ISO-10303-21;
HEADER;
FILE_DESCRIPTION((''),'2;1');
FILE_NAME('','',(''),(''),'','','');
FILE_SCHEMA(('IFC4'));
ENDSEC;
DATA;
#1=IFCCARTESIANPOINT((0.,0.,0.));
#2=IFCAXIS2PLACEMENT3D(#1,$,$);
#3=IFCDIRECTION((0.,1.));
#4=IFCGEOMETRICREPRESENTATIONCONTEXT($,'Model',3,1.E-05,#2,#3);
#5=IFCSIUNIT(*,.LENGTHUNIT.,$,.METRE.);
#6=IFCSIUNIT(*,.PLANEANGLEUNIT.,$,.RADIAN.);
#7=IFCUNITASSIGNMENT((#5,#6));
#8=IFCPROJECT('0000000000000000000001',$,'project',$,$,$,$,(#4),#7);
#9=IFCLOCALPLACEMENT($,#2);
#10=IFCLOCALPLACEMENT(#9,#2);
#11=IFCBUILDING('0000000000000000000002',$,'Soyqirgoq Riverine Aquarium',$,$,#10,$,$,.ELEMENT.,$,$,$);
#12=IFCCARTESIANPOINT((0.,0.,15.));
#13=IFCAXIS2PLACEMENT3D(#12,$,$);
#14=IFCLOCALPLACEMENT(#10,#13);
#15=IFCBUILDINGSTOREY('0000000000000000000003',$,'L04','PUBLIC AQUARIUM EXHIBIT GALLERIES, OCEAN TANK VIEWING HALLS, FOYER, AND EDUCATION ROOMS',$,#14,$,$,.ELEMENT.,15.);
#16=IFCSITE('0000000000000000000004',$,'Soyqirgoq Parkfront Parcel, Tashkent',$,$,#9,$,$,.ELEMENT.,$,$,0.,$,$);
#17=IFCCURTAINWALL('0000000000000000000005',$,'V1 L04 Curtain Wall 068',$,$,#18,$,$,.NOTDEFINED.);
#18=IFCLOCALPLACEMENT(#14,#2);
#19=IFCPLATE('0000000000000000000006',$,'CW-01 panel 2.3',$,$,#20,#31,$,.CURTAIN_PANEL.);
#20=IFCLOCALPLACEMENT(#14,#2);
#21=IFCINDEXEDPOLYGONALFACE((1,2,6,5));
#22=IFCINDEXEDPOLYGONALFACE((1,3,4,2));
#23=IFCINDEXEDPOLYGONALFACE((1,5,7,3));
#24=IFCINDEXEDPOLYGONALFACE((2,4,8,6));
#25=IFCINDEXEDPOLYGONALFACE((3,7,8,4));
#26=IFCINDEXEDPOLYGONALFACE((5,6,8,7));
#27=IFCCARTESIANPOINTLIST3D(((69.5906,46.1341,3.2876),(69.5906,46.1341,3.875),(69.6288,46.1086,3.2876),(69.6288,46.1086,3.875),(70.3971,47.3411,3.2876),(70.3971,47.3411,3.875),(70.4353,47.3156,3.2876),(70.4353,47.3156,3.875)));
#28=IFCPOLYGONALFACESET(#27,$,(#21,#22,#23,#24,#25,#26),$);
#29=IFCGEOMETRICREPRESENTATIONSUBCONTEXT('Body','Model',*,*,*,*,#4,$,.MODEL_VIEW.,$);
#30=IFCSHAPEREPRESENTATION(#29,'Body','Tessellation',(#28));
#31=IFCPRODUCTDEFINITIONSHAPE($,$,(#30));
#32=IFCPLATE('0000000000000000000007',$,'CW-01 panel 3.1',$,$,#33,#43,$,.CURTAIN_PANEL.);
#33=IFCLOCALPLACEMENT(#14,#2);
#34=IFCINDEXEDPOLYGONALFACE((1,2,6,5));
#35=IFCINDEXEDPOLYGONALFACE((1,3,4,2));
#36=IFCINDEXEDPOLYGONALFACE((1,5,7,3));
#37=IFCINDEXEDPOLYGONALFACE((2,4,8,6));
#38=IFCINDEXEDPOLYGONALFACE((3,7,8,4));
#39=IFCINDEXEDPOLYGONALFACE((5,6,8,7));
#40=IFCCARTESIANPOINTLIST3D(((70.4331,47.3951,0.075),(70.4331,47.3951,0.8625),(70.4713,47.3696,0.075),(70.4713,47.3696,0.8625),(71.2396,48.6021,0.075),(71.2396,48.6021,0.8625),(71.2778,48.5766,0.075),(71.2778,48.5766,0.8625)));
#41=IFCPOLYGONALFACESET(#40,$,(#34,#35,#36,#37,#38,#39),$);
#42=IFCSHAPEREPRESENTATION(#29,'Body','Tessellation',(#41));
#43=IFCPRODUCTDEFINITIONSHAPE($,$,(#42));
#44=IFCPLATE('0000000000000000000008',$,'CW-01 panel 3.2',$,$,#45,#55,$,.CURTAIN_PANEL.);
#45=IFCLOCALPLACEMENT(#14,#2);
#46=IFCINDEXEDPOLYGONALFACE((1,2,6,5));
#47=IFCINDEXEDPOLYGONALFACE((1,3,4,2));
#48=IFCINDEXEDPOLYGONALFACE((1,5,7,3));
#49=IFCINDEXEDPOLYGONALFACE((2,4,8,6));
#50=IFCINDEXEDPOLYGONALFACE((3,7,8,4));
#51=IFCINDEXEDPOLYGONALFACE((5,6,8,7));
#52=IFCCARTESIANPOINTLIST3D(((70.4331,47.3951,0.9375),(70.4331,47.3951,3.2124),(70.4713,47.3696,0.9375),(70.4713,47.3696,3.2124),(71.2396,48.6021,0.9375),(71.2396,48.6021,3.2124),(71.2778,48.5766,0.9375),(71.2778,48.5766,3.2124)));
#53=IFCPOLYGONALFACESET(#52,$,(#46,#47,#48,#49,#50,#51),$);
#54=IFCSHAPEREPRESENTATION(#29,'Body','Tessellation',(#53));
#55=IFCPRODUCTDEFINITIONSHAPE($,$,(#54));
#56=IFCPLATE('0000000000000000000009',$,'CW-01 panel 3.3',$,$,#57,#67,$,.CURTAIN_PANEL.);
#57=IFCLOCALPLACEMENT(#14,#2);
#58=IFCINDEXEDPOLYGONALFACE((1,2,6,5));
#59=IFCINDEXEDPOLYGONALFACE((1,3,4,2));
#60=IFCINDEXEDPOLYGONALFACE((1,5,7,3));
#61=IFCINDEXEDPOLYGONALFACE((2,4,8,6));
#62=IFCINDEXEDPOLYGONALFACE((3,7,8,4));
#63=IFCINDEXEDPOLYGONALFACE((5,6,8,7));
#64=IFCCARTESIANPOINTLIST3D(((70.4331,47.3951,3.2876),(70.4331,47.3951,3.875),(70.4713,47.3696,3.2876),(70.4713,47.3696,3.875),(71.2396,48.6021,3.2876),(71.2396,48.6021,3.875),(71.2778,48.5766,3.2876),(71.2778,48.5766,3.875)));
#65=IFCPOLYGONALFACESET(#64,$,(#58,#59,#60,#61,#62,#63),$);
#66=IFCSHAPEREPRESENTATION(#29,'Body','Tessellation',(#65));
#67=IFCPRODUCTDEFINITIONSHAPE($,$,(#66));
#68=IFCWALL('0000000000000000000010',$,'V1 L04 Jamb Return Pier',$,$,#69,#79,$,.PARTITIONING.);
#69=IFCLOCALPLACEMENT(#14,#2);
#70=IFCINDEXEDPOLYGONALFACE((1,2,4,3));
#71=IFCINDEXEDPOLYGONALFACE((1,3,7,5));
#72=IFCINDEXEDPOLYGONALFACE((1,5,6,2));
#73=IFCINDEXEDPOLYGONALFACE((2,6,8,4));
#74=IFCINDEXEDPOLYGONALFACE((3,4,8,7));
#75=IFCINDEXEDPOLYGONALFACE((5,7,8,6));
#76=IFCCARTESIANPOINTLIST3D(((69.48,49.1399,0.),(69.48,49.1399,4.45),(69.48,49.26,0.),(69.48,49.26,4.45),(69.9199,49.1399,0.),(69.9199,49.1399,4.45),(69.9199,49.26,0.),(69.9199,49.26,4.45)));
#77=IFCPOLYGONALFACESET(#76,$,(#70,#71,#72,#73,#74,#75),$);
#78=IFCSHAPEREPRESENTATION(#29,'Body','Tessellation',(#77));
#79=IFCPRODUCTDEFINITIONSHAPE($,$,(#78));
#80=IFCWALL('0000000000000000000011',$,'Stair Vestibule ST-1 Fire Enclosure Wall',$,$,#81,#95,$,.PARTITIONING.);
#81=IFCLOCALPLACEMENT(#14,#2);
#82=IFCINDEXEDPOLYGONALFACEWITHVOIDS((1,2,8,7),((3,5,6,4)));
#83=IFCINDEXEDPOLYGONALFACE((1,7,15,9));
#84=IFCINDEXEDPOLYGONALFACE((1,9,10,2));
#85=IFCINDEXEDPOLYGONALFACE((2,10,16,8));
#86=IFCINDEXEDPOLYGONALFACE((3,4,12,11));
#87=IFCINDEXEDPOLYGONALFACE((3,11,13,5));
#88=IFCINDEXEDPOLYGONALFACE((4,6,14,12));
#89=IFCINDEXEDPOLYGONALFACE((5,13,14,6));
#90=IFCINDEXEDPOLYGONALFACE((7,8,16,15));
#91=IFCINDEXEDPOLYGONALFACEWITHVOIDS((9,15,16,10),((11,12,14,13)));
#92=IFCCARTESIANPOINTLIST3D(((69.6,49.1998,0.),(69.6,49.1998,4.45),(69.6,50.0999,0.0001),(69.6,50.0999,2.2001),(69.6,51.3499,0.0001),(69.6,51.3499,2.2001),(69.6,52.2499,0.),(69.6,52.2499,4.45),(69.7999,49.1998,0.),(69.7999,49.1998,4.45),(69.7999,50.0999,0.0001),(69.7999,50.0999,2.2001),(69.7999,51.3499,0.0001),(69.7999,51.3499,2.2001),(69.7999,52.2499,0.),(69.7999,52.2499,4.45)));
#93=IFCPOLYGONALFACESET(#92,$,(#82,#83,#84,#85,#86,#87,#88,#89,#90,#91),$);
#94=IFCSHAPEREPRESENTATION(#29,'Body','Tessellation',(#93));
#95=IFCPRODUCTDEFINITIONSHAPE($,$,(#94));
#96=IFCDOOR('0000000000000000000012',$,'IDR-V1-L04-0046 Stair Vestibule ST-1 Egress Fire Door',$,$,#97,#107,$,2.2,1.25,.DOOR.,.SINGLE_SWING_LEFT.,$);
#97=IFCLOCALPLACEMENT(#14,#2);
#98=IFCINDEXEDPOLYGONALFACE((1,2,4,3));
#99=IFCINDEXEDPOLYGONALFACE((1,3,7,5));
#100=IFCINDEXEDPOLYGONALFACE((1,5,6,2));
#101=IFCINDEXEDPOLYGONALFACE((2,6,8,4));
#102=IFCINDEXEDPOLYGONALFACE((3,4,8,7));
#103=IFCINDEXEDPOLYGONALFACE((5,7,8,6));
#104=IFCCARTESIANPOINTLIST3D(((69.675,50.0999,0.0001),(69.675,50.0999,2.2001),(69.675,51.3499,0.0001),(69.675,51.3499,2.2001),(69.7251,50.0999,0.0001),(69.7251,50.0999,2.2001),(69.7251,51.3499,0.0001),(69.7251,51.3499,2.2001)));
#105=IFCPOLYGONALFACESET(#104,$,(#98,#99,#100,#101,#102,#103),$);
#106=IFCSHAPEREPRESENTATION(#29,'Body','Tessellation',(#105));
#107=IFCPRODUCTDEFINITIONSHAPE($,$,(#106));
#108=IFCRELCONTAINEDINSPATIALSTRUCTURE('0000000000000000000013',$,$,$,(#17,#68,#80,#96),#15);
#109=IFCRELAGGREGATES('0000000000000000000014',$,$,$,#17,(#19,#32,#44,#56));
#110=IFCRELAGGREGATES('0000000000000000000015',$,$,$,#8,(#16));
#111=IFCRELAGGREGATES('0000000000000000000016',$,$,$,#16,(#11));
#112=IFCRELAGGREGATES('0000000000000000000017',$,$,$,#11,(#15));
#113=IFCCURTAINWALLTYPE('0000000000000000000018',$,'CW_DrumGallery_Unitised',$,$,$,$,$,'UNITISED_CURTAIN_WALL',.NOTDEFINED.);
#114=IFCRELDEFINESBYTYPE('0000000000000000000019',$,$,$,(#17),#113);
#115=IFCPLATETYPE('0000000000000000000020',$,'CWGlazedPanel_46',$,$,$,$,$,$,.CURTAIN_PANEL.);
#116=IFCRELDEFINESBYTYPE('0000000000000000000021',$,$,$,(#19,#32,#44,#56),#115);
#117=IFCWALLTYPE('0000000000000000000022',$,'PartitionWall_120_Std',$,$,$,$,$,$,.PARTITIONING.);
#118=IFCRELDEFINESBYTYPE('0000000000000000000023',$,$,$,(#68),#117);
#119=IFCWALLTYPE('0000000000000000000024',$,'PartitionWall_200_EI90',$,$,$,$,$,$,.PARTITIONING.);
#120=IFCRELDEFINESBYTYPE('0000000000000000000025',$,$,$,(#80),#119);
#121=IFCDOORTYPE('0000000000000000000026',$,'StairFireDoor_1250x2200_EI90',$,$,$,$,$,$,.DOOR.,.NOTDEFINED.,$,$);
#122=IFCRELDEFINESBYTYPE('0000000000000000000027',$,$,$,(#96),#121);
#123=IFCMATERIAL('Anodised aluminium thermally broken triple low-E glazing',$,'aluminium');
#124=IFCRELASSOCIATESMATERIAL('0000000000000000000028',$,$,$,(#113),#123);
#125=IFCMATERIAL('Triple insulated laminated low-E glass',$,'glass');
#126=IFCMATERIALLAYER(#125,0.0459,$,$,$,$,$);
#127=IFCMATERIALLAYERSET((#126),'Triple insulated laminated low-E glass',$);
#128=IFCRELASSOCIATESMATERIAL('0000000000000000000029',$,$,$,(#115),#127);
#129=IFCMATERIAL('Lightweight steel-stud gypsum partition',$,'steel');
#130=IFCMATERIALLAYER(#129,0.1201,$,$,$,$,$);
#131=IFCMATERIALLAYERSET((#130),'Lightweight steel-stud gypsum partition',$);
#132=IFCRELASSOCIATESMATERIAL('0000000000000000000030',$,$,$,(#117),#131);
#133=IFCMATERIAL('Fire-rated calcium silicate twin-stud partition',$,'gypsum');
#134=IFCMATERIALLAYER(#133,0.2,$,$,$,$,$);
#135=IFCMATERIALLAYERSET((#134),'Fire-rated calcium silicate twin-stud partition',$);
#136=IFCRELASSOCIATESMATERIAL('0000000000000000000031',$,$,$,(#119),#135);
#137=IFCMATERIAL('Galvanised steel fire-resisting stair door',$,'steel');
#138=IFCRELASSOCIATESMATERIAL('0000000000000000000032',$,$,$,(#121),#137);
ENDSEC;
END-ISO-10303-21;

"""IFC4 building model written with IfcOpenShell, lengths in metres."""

from ifc_helpers import new_model, si_unit, direction, frame, frame_2d, origin, origin_2d, place, context, subcontext, project, spatial, rectangle, extrude, material, layer, layer_set, type_object, element, fill, aggregate, save


model = new_model("IFC4")

# Units and contexts
model_context = context("Model", 3, precision=1e-05, world=origin(), true_north=direction((0.0, 1.0)))
body_context = subcontext(model_context, "Body", "Model", "MODEL_VIEW")
ifc_project = project(units=[si_unit("LENGTHUNIT", "METRE"), si_unit("PLANEANGLEUNIT", "RADIAN")], contexts=[model_context])

# Site, building, storey
site_placement = place(None, origin())
site = spatial("IfcSite", under=ifc_project, at=site_placement, Name="Soyqirgoq Parkfront Parcel, Tashkent", CompositionType="ELEMENT", RefElevation=0.0)
building_placement = place(site_placement, origin())
building = spatial("IfcBuilding", under=site, at=building_placement, Name="Soyqirgoq Riverine Aquarium", CompositionType="ELEMENT")
storey_placement = place(building_placement, frame((0.0, 0.0, 15.0)))
storey = spatial("IfcBuildingStorey", under=building, at=storey_placement, Name="L04", Description="PUBLIC AQUARIUM EXHIBIT GALLERIES, OCEAN TANK VIEWING HALLS, FOYER, AND EDUCATION ROOMS", CompositionType="ELEMENT", Elevation=15.0)

# Curtain wall, plates
ifc_material_1 = material(Name="Anodised aluminium thermally broken triple low-E glazing", Category="aluminium")
curtain_wall_type = type_object("IfcCurtainWallType", Name="CW_DrumGallery_Unitised", ElementType="UNITISED_CURTAIN_WALL", PredefinedType="NOTDEFINED", material=ifc_material_1)
curtain_wall_placement = place(storey_placement, origin())
curtain_wall = element("IfcCurtainWall", 1, at=curtain_wall_placement, inside=storey, type_object=curtain_wall_type, Name="V1 L04 Curtain Wall 068", PredefinedType="NOTDEFINED")
ifc_material_2 = material(Name="Triple insulated laminated low-E glass", Category="glass")
ifc_layer_1 = layer(ifc_material_2, 0.0459)
ifc_layer_set_1 = layer_set([ifc_layer_1], Name="Triple insulated laminated low-E glass")
plate_type = type_object("IfcPlateType", Name="CWGlazedPanel_46", PredefinedType="CURTAIN_PANEL", material=ifc_layer_set_1)
plate_1_placement = place(storey_placement, frame((70.0129, 46.7249, 3.2876), z_axis=(0.0, 0.0, 1.0), x_axis=(0.555579, 0.831464, 0.0)))
plate_1 = element("IfcPlate", 2, at=plate_1_placement, type_object=plate_type, Name="CW-01 panel 2.3", PredefinedType="CURTAIN_PANEL", context=body_context, shape_type="SweptSolid", body=[
    extrude(rectangle(XDim=1.4517, YDim=0.0459, at=origin_2d()), origin(), (0.0, 0.0, 1.0), 0.5874),
])
plate_2_placement = place(storey_placement, frame((70.8555, 47.9858, 0.075), z_axis=(0.0, 0.0, 1.0), x_axis=(0.555579, 0.831464, 0.0)))
plate_2 = element("IfcPlate", 3, at=plate_2_placement, type_object=plate_type, Name="CW-01 panel 3.1", PredefinedType="CURTAIN_PANEL", context=body_context, shape_type="SweptSolid", body=[
    extrude(rectangle(XDim=1.4517, YDim=0.0459, at=origin_2d()), origin(), (0.0, 0.0, 1.0), 0.7876),
])
plate_3_placement = place(storey_placement, frame((70.8555, 47.9858, 0.9375), z_axis=(0.0, 0.0, 1.0), x_axis=(0.555579, 0.831464, 0.0)))
plate_3 = element("IfcPlate", 4, at=plate_3_placement, type_object=plate_type, Name="CW-01 panel 3.2", PredefinedType="CURTAIN_PANEL", context=body_context, shape_type="SweptSolid", body=[
    extrude(rectangle(XDim=1.4517, YDim=0.0459, at=origin_2d()), origin(), (0.0, 0.0, 1.0), 2.2749),
])
plate_4_placement = place(storey_placement, frame((70.8555, 47.9858, 3.2876), z_axis=(0.0, 0.0, 1.0), x_axis=(0.555579, 0.831464, 0.0)))
plate_4 = element("IfcPlate", 5, at=plate_4_placement, type_object=plate_type, Name="CW-01 panel 3.3", PredefinedType="CURTAIN_PANEL", context=body_context, shape_type="SweptSolid", body=[
    extrude(rectangle(XDim=1.4517, YDim=0.0459, at=origin_2d()), origin(), (0.0, 0.0, 1.0), 0.5874),
])
aggregate(curtain_wall, [plate_1, plate_2, plate_3, plate_4])

# Wall
ifc_material_3 = material(Name="Lightweight steel-stud gypsum partition", Category="steel")
ifc_layer_2 = layer(ifc_material_3, 0.1201)
ifc_layer_set_2 = layer_set([ifc_layer_2], Name="Lightweight steel-stud gypsum partition")
wall_type_1 = type_object("IfcWallType", Name="PartitionWall_120_Std", PredefinedType="PARTITIONING", material=ifc_layer_set_2)
wall_1_placement = place(storey_placement, frame((69.9199, 49.2, 0.0), z_axis=(0.0, 0.0, 1.0), x_axis=(-1.0, 0.0, 0.0)))
element("IfcWall", 6, at=wall_1_placement, inside=storey, type_object=wall_type_1, Name="V1 L04 Jamb Return Pier", PredefinedType="PARTITIONING", context=body_context, shape_type="SweptSolid", body=[
    extrude(rectangle(XDim=0.4399, YDim=0.1201, at=frame_2d((0.22, 0.0))), origin(), (0.0, 0.0, 1.0), 4.45),
])

# Wall, opening, door
ifc_material_4 = material(Name="Fire-rated calcium silicate twin-stud partition", Category="gypsum")
ifc_layer_3 = layer(ifc_material_4, 0.2)
ifc_layer_set_3 = layer_set([ifc_layer_3], Name="Fire-rated calcium silicate twin-stud partition")
wall_type_2 = type_object("IfcWallType", Name="PartitionWall_200_EI90", PredefinedType="PARTITIONING", material=ifc_layer_set_3)
wall_2_placement = place(storey_placement, frame((69.7, 49.2, 0.0), z_axis=(0.0, 0.0, 1.0), x_axis=(0.0, 1.0, 0.0)))
wall_2 = element("IfcWall", 7, at=wall_2_placement, inside=storey, type_object=wall_type_2, Name="Stair Vestibule ST-1 Fire Enclosure Wall", PredefinedType="PARTITIONING", context=body_context, shape_type="SweptSolid", body=[
    extrude(rectangle(XDim=3.05, YDim=0.2, at=frame_2d((1.5249, 0.0))), origin(), (0.0, 0.0, 1.0), 4.45),
])
opening_placement = place(wall_2_placement, frame((0.8999, 0.0, 0.0)))
opening = element("IfcOpeningElement", 8, at=opening_placement, cuts=wall_2, PredefinedType="OPENING", context=body_context, shape_type="SweptSolid", body=[
    extrude(rectangle(XDim=1.25, YDim=2.2, at=frame_2d((0.625, 1.1001))), frame((0.0, 0.1099, 0.0), z_axis=(0.0, -1.0, 0.0), x_axis=(1.0, 0.0, 0.0)), (0.0, 0.0, 1.0), 0.22),
])
ifc_material_5 = material(Name="Galvanised steel fire-resisting stair door", Category="steel")
door_type = type_object("IfcDoorType", Name="StairFireDoor_1250x2200_EI90", OperationType="NOTDEFINED", PredefinedType="DOOR", material=ifc_material_5)
door_placement = place(opening_placement, origin())
door = element("IfcDoor", 9, at=door_placement, inside=storey, type_object=door_type, Name="IDR-V1-L04-0046 Stair Vestibule ST-1 Egress Fire Door", OperationType="SINGLE_SWING_LEFT", OverallHeight=2.2, OverallWidth=1.25, PredefinedType="DOOR", context=body_context, shape_type="SweptSolid", body=[
    extrude(rectangle(XDim=1.25, YDim=2.2, at=frame_2d((0.625, 1.1001))), frame((0.0, 0.0249, 0.0), z_axis=(0.0, -1.0, 0.0), x_axis=(1.0, 0.0, 0.0)), (0.0, 0.0, 1.0), 0.05),
])
fill(opening, door)

save(model, "model.ifc")
